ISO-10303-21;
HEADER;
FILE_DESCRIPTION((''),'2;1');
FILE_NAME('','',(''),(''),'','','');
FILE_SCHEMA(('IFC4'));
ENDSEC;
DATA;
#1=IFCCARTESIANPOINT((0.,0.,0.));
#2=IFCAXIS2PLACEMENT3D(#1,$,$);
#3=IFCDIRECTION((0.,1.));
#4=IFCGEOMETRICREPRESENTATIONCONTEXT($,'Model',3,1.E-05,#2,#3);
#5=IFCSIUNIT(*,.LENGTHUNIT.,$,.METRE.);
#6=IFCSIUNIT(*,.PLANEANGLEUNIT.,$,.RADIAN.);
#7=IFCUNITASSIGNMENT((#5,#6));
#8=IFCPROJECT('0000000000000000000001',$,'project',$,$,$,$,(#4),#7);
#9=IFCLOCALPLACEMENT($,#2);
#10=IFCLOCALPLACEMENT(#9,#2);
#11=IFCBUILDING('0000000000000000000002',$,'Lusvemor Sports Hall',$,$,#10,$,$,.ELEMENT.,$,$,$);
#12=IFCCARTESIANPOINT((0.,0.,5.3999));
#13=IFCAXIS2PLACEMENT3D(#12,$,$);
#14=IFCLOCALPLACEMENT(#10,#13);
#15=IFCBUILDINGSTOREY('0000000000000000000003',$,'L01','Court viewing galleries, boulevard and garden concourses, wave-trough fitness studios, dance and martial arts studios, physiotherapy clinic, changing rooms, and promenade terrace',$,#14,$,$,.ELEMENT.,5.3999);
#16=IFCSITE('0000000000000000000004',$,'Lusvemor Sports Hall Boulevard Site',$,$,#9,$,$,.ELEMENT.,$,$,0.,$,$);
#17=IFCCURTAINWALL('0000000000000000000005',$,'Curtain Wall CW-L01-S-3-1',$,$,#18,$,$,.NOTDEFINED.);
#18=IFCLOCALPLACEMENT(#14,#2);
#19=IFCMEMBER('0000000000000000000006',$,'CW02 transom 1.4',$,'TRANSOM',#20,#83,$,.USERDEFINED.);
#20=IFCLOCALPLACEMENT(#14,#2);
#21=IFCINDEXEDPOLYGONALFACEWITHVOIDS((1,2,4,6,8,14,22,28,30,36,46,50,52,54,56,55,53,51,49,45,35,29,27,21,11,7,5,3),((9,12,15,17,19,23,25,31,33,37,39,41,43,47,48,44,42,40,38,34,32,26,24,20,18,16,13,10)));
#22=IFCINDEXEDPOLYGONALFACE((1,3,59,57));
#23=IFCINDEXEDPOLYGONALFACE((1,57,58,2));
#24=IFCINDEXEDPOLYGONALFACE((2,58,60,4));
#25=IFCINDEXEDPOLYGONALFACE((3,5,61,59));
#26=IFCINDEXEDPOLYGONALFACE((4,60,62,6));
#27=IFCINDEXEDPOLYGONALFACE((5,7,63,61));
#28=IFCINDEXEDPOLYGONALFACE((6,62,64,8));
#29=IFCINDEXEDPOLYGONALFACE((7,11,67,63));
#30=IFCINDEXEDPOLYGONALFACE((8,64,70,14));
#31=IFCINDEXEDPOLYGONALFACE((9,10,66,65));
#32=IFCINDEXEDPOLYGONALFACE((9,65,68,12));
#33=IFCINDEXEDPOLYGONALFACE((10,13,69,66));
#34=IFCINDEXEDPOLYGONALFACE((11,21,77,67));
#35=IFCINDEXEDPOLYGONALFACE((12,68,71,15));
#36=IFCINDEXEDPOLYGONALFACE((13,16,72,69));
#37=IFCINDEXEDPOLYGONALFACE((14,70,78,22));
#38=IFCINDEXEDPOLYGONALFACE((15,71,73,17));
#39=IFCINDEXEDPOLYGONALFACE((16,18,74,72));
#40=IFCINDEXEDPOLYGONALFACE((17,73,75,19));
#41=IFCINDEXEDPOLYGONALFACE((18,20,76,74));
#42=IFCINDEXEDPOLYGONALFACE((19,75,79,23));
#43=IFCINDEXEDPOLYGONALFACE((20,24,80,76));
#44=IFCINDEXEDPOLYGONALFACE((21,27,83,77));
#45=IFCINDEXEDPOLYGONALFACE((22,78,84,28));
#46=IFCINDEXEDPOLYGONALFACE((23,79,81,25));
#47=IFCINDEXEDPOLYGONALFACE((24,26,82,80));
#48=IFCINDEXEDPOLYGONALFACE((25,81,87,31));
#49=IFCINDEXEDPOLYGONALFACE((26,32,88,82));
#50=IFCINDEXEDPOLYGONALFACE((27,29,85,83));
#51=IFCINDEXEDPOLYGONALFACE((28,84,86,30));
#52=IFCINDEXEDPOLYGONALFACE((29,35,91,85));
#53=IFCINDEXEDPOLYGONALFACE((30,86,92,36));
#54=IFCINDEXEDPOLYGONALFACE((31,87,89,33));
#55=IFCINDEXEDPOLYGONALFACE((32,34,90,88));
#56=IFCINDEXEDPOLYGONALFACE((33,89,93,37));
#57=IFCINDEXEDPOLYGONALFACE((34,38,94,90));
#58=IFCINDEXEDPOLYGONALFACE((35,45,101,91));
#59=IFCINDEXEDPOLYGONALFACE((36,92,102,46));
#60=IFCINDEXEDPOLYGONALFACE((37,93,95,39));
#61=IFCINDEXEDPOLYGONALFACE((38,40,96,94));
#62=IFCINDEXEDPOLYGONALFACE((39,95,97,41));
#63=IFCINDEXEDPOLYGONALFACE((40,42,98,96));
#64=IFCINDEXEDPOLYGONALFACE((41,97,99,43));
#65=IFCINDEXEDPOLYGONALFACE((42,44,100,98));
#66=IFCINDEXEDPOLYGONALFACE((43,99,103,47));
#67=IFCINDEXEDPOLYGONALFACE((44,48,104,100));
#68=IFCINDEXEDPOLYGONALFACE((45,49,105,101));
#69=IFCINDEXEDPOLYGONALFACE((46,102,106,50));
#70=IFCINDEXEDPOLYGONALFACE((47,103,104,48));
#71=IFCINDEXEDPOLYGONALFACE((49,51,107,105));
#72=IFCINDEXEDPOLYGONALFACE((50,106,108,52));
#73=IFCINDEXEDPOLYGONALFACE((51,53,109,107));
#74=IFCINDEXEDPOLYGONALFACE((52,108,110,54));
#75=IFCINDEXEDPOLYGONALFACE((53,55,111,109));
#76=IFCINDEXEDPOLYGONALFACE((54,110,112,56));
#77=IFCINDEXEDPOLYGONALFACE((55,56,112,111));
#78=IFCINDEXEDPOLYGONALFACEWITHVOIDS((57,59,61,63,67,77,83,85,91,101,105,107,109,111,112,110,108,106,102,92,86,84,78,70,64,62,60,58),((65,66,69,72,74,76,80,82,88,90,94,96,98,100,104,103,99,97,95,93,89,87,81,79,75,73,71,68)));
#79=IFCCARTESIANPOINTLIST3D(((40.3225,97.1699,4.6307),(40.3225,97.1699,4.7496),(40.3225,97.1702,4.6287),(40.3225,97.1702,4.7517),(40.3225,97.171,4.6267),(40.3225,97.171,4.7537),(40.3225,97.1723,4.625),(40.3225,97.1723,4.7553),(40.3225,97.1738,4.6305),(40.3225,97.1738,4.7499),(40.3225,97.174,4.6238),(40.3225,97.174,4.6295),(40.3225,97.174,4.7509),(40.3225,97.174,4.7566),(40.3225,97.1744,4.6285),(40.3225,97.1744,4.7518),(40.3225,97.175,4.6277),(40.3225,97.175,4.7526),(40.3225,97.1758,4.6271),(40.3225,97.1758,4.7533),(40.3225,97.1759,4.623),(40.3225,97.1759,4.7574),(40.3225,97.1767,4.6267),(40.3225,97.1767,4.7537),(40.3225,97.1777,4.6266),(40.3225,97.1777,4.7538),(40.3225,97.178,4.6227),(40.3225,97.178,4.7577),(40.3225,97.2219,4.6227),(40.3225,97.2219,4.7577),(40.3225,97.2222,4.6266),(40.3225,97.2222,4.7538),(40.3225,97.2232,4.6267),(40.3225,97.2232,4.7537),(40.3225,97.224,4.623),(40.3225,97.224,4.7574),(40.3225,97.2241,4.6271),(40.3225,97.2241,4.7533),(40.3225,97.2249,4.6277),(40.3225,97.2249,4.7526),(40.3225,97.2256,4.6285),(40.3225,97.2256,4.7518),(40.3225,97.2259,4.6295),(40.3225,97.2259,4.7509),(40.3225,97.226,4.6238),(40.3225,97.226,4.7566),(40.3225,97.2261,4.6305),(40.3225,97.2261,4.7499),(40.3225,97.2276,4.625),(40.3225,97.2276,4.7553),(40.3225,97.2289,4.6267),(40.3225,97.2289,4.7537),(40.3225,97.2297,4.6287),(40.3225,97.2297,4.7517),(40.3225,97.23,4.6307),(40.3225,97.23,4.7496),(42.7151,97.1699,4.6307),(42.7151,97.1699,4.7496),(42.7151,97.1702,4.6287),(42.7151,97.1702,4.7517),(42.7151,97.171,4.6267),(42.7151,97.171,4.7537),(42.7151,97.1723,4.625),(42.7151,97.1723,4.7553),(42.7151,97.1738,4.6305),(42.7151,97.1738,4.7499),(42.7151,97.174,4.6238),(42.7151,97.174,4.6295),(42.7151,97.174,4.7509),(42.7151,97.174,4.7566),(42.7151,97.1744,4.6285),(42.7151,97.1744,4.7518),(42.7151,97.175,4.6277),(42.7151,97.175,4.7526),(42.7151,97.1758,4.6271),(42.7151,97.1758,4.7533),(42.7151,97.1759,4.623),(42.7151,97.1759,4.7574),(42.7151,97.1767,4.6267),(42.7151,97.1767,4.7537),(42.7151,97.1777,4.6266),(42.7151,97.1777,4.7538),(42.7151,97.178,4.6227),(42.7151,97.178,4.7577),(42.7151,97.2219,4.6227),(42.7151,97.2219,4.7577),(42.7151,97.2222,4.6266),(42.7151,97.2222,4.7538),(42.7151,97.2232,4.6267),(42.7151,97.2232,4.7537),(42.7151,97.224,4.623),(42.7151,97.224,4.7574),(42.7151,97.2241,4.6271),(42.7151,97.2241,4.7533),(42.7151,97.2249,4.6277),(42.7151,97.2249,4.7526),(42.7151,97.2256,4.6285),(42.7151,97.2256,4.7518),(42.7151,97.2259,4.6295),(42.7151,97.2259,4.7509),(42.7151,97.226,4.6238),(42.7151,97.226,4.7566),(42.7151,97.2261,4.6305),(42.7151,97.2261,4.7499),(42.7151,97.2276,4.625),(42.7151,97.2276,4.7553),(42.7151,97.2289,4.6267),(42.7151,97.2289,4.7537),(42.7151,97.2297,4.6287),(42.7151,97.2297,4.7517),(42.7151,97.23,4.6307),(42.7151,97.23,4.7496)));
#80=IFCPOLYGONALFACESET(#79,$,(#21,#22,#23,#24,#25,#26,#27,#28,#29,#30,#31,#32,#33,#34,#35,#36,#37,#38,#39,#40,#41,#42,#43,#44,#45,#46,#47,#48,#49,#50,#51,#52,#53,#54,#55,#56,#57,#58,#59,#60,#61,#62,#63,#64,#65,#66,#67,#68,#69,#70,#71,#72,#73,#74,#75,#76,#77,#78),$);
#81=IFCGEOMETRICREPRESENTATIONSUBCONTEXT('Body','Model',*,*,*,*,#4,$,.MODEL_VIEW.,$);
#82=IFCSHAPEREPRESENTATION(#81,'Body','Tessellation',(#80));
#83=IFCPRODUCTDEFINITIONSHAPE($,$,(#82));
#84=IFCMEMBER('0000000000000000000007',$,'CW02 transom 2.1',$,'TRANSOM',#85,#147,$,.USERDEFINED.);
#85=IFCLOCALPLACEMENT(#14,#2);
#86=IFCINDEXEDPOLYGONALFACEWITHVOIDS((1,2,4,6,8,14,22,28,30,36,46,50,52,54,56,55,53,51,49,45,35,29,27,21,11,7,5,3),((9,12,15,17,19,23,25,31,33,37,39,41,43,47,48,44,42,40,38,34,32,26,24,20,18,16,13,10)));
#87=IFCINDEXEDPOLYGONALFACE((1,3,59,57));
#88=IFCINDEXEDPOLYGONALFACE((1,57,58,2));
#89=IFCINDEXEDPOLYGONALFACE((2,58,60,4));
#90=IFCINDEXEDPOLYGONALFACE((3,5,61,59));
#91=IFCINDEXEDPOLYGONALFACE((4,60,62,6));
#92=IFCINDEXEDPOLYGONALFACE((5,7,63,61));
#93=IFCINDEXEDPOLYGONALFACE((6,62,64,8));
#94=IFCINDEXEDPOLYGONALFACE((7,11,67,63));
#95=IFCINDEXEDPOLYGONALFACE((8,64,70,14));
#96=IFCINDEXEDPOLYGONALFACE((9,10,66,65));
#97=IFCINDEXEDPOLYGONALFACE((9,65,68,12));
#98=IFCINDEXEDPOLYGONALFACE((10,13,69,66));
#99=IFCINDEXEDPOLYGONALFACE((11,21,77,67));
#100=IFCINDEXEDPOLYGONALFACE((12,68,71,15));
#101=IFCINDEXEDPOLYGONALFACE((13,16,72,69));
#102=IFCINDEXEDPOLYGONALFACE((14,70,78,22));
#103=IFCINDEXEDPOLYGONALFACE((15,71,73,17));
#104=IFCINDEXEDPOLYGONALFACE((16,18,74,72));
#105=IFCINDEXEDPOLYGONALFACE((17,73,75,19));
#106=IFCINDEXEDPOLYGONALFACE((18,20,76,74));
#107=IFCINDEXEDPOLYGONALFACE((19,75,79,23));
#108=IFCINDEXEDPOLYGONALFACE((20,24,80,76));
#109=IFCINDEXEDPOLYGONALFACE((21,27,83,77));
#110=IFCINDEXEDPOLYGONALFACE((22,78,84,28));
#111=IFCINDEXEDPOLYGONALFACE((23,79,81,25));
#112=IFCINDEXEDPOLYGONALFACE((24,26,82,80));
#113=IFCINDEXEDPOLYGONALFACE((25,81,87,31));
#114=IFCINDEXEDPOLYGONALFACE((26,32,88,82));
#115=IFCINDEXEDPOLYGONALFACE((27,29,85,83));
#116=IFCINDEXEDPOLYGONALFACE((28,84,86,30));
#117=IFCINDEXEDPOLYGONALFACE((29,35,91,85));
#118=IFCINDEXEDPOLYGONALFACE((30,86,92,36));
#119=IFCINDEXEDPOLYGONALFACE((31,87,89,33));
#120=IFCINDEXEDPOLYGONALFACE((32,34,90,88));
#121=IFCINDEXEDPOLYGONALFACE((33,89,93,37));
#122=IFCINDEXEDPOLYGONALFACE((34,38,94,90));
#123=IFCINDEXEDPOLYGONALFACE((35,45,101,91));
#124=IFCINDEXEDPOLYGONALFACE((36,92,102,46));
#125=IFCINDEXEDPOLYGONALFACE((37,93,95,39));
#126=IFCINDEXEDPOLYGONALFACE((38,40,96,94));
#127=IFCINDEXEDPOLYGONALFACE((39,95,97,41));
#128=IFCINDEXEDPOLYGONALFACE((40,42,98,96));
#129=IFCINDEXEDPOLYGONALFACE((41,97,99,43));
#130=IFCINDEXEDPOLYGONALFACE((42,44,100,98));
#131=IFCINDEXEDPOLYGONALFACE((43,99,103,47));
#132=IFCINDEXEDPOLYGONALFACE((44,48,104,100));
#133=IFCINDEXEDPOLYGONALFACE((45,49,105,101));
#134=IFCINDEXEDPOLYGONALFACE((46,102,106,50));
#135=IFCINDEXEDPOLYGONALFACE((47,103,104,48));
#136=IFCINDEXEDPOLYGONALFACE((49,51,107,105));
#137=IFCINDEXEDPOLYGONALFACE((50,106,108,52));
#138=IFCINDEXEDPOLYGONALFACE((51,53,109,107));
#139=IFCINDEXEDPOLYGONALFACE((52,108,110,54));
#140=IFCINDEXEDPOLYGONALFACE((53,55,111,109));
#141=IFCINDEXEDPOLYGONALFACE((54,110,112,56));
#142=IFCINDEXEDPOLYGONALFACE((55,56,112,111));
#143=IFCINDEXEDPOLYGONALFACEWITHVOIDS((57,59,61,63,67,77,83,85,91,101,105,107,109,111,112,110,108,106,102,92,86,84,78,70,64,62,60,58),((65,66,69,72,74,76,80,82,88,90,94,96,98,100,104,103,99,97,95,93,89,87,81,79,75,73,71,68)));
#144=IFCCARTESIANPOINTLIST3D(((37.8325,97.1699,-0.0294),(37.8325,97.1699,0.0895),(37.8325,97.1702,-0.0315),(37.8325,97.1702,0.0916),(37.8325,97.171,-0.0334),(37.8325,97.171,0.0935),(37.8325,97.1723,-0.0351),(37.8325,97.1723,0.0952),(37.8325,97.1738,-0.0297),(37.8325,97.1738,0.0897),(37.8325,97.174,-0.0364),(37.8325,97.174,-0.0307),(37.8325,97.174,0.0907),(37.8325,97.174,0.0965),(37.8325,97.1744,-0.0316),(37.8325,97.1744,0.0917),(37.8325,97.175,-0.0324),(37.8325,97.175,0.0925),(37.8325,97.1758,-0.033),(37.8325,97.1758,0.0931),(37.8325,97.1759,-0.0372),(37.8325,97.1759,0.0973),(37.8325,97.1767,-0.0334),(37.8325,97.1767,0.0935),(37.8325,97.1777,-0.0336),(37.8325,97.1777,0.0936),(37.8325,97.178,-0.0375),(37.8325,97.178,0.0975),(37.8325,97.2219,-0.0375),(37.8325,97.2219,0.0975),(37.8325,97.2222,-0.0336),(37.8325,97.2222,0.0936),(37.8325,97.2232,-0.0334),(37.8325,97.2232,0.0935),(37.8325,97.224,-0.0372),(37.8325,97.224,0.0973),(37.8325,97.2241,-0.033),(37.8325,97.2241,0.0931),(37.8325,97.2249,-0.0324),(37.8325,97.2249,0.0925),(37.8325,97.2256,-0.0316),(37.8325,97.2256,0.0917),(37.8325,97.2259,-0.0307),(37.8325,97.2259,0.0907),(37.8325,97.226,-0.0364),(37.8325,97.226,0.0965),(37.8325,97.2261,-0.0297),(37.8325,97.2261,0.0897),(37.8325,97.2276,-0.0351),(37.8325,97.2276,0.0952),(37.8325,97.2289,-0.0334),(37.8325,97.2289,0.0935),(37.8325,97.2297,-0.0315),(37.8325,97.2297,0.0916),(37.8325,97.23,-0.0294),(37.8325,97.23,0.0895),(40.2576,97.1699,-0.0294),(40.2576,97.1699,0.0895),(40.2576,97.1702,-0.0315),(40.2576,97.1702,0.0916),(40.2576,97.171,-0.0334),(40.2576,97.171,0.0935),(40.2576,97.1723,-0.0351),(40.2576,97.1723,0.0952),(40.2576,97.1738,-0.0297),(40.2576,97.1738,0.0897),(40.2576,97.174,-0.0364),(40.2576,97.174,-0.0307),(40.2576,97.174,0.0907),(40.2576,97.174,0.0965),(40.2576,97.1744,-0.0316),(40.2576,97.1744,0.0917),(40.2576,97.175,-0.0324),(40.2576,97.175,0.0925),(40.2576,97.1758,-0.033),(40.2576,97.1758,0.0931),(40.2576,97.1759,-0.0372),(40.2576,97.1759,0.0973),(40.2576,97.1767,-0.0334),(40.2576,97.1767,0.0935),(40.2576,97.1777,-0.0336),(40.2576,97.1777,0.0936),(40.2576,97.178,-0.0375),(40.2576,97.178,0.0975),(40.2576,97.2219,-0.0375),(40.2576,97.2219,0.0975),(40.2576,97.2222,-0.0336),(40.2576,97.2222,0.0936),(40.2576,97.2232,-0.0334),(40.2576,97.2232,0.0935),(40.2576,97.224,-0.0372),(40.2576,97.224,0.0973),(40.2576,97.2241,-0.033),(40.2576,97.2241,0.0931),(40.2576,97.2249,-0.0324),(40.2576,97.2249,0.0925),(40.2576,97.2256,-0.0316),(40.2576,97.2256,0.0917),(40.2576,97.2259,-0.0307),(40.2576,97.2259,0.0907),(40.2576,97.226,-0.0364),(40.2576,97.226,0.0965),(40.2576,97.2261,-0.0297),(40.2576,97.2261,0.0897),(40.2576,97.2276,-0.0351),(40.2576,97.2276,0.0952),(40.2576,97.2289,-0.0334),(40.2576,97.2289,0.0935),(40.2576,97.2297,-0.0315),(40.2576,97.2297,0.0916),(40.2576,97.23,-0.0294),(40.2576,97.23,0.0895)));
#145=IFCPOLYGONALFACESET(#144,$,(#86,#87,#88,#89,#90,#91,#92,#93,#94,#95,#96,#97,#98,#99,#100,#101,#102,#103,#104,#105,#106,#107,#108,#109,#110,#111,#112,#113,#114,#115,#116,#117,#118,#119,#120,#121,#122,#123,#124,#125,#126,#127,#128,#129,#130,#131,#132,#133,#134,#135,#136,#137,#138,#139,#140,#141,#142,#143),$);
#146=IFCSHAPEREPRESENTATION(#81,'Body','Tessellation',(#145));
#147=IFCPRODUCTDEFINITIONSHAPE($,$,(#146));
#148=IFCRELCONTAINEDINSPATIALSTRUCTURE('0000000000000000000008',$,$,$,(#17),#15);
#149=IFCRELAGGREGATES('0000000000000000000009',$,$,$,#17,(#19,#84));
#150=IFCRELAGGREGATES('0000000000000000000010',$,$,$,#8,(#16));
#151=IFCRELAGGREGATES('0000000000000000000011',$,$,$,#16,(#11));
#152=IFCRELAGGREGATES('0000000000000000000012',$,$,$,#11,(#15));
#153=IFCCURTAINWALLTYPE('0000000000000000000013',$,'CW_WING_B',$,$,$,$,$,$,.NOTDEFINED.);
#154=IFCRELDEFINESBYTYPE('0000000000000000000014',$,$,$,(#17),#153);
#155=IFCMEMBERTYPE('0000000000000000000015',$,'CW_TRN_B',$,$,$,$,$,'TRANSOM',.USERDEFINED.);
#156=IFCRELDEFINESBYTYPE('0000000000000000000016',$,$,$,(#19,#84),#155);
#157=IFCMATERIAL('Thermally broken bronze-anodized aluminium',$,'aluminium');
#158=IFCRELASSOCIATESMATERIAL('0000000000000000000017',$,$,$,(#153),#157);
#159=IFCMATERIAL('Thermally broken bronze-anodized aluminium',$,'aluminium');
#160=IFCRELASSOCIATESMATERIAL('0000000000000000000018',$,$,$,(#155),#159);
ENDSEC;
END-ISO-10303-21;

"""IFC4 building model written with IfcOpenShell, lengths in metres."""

from ifc_helpers import new_model, si_unit, direction, frame, origin, origin_2d, place, context, subcontext, project, spatial, hollow_rectangle, extrude, material, material_profile, profile_set, type_object, element, aggregate, save


model = new_model("IFC4")

# Units and contexts
model_context = context("Model", 3, precision=1e-05, world=origin(), true_north=direction((0.0, 1.0)))
body_context = subcontext(model_context, "Body", "Model", "MODEL_VIEW")
ifc_project = project(units=[si_unit("LENGTHUNIT", "METRE"), si_unit("PLANEANGLEUNIT", "RADIAN")], contexts=[model_context])

# Site, building, storey
site_placement = place(None, origin())
site = spatial("IfcSite", under=ifc_project, at=site_placement, Name="Lusvemor Sports Hall Boulevard Site", CompositionType="ELEMENT", RefElevation=0.0)
building_placement = place(site_placement, origin())
building = spatial("IfcBuilding", under=site, at=building_placement, Name="Lusvemor Sports Hall", CompositionType="ELEMENT")
storey_placement = place(building_placement, frame((0.0, 0.0, 5.3999)))
storey = spatial("IfcBuildingStorey", under=building, at=storey_placement, Name="L01", Description="Court viewing galleries, boulevard and garden concourses, wave-trough fitness studios, dance and martial arts studios, physiotherapy clinic, changing rooms, and promenade terrace", CompositionType="ELEMENT", Elevation=5.3999)

# Curtain wall, members
ifc_material_1 = material(Name="Thermally broken bronze-anodized aluminium", Category="aluminium")
curtain_wall_type = type_object("IfcCurtainWallType", Name="CW_WING_B", PredefinedType="NOTDEFINED", material=ifc_material_1)
curtain_wall_placement = place(storey_placement, origin())
curtain_wall = element("IfcCurtainWall", 1, at=curtain_wall_placement, inside=storey, type_object=curtain_wall_type, Name="Curtain Wall CW-L01-S-3-1", PredefinedType="NOTDEFINED")
ifc_material_2 = material(Name="Thermally broken bronze-anodized aluminium", Category="aluminium")
ifc_material_profile_1 = material_profile(ifc_material_2, hollow_rectangle(XDim=0.0601, YDim=0.135, WallThickness=0.0039, InnerFilletRadius=0.0039, OuterFilletRadius=0.0081, at=origin_2d()), Name="CWTRN135x60x4")
ifc_profile_set_1 = profile_set([ifc_material_profile_1], Name="Thermally broken bronze-anodized aluminium")
member_type_1 = type_object("IfcMemberType", Name="CW_TRN_B", ElementType="TRANSOM", PredefinedType="USERDEFINED", material=ifc_profile_set_1)
member_1_placement = place(storey_placement, frame((42.7151, 97.2, 4.6902), z_axis=(-1.0, 0.0, 0.0), x_axis=(0.0, -1.0, 0.0)))
member_1 = element("IfcMember", 2, at=member_1_placement, type_object=member_type_1, Name="CW02 transom 1.4", ObjectType="TRANSOM", PredefinedType="USERDEFINED", context=body_context, shape_type="SweptSolid", body=[
    extrude(hollow_rectangle(XDim=0.0601, YDim=0.135, WallThickness=0.0039, InnerFilletRadius=0.0039, OuterFilletRadius=0.0081, at=origin_2d()), origin(), (0.0, 0.0, 1.0), 2.3926),
])
member_2_placement = place(storey_placement, frame((40.2576, 97.2, 0.03), z_axis=(-1.0, 0.0, 0.0), x_axis=(0.0, -1.0, 0.0)))
member_2 = element("IfcMember", 3, at=member_2_placement, type_object=member_type_1, Name="CW02 transom 2.1", ObjectType="TRANSOM", PredefinedType="USERDEFINED", context=body_context, shape_type="SweptSolid", body=[
    extrude(hollow_rectangle(XDim=0.0601, YDim=0.135, WallThickness=0.0039, InnerFilletRadius=0.0039, OuterFilletRadius=0.0081, at=origin_2d()), origin(), (0.0, 0.0, 1.0), 2.425),
])

aggregate(curtain_wall, [member_1, member_2])

save(model, "model.ifc")
